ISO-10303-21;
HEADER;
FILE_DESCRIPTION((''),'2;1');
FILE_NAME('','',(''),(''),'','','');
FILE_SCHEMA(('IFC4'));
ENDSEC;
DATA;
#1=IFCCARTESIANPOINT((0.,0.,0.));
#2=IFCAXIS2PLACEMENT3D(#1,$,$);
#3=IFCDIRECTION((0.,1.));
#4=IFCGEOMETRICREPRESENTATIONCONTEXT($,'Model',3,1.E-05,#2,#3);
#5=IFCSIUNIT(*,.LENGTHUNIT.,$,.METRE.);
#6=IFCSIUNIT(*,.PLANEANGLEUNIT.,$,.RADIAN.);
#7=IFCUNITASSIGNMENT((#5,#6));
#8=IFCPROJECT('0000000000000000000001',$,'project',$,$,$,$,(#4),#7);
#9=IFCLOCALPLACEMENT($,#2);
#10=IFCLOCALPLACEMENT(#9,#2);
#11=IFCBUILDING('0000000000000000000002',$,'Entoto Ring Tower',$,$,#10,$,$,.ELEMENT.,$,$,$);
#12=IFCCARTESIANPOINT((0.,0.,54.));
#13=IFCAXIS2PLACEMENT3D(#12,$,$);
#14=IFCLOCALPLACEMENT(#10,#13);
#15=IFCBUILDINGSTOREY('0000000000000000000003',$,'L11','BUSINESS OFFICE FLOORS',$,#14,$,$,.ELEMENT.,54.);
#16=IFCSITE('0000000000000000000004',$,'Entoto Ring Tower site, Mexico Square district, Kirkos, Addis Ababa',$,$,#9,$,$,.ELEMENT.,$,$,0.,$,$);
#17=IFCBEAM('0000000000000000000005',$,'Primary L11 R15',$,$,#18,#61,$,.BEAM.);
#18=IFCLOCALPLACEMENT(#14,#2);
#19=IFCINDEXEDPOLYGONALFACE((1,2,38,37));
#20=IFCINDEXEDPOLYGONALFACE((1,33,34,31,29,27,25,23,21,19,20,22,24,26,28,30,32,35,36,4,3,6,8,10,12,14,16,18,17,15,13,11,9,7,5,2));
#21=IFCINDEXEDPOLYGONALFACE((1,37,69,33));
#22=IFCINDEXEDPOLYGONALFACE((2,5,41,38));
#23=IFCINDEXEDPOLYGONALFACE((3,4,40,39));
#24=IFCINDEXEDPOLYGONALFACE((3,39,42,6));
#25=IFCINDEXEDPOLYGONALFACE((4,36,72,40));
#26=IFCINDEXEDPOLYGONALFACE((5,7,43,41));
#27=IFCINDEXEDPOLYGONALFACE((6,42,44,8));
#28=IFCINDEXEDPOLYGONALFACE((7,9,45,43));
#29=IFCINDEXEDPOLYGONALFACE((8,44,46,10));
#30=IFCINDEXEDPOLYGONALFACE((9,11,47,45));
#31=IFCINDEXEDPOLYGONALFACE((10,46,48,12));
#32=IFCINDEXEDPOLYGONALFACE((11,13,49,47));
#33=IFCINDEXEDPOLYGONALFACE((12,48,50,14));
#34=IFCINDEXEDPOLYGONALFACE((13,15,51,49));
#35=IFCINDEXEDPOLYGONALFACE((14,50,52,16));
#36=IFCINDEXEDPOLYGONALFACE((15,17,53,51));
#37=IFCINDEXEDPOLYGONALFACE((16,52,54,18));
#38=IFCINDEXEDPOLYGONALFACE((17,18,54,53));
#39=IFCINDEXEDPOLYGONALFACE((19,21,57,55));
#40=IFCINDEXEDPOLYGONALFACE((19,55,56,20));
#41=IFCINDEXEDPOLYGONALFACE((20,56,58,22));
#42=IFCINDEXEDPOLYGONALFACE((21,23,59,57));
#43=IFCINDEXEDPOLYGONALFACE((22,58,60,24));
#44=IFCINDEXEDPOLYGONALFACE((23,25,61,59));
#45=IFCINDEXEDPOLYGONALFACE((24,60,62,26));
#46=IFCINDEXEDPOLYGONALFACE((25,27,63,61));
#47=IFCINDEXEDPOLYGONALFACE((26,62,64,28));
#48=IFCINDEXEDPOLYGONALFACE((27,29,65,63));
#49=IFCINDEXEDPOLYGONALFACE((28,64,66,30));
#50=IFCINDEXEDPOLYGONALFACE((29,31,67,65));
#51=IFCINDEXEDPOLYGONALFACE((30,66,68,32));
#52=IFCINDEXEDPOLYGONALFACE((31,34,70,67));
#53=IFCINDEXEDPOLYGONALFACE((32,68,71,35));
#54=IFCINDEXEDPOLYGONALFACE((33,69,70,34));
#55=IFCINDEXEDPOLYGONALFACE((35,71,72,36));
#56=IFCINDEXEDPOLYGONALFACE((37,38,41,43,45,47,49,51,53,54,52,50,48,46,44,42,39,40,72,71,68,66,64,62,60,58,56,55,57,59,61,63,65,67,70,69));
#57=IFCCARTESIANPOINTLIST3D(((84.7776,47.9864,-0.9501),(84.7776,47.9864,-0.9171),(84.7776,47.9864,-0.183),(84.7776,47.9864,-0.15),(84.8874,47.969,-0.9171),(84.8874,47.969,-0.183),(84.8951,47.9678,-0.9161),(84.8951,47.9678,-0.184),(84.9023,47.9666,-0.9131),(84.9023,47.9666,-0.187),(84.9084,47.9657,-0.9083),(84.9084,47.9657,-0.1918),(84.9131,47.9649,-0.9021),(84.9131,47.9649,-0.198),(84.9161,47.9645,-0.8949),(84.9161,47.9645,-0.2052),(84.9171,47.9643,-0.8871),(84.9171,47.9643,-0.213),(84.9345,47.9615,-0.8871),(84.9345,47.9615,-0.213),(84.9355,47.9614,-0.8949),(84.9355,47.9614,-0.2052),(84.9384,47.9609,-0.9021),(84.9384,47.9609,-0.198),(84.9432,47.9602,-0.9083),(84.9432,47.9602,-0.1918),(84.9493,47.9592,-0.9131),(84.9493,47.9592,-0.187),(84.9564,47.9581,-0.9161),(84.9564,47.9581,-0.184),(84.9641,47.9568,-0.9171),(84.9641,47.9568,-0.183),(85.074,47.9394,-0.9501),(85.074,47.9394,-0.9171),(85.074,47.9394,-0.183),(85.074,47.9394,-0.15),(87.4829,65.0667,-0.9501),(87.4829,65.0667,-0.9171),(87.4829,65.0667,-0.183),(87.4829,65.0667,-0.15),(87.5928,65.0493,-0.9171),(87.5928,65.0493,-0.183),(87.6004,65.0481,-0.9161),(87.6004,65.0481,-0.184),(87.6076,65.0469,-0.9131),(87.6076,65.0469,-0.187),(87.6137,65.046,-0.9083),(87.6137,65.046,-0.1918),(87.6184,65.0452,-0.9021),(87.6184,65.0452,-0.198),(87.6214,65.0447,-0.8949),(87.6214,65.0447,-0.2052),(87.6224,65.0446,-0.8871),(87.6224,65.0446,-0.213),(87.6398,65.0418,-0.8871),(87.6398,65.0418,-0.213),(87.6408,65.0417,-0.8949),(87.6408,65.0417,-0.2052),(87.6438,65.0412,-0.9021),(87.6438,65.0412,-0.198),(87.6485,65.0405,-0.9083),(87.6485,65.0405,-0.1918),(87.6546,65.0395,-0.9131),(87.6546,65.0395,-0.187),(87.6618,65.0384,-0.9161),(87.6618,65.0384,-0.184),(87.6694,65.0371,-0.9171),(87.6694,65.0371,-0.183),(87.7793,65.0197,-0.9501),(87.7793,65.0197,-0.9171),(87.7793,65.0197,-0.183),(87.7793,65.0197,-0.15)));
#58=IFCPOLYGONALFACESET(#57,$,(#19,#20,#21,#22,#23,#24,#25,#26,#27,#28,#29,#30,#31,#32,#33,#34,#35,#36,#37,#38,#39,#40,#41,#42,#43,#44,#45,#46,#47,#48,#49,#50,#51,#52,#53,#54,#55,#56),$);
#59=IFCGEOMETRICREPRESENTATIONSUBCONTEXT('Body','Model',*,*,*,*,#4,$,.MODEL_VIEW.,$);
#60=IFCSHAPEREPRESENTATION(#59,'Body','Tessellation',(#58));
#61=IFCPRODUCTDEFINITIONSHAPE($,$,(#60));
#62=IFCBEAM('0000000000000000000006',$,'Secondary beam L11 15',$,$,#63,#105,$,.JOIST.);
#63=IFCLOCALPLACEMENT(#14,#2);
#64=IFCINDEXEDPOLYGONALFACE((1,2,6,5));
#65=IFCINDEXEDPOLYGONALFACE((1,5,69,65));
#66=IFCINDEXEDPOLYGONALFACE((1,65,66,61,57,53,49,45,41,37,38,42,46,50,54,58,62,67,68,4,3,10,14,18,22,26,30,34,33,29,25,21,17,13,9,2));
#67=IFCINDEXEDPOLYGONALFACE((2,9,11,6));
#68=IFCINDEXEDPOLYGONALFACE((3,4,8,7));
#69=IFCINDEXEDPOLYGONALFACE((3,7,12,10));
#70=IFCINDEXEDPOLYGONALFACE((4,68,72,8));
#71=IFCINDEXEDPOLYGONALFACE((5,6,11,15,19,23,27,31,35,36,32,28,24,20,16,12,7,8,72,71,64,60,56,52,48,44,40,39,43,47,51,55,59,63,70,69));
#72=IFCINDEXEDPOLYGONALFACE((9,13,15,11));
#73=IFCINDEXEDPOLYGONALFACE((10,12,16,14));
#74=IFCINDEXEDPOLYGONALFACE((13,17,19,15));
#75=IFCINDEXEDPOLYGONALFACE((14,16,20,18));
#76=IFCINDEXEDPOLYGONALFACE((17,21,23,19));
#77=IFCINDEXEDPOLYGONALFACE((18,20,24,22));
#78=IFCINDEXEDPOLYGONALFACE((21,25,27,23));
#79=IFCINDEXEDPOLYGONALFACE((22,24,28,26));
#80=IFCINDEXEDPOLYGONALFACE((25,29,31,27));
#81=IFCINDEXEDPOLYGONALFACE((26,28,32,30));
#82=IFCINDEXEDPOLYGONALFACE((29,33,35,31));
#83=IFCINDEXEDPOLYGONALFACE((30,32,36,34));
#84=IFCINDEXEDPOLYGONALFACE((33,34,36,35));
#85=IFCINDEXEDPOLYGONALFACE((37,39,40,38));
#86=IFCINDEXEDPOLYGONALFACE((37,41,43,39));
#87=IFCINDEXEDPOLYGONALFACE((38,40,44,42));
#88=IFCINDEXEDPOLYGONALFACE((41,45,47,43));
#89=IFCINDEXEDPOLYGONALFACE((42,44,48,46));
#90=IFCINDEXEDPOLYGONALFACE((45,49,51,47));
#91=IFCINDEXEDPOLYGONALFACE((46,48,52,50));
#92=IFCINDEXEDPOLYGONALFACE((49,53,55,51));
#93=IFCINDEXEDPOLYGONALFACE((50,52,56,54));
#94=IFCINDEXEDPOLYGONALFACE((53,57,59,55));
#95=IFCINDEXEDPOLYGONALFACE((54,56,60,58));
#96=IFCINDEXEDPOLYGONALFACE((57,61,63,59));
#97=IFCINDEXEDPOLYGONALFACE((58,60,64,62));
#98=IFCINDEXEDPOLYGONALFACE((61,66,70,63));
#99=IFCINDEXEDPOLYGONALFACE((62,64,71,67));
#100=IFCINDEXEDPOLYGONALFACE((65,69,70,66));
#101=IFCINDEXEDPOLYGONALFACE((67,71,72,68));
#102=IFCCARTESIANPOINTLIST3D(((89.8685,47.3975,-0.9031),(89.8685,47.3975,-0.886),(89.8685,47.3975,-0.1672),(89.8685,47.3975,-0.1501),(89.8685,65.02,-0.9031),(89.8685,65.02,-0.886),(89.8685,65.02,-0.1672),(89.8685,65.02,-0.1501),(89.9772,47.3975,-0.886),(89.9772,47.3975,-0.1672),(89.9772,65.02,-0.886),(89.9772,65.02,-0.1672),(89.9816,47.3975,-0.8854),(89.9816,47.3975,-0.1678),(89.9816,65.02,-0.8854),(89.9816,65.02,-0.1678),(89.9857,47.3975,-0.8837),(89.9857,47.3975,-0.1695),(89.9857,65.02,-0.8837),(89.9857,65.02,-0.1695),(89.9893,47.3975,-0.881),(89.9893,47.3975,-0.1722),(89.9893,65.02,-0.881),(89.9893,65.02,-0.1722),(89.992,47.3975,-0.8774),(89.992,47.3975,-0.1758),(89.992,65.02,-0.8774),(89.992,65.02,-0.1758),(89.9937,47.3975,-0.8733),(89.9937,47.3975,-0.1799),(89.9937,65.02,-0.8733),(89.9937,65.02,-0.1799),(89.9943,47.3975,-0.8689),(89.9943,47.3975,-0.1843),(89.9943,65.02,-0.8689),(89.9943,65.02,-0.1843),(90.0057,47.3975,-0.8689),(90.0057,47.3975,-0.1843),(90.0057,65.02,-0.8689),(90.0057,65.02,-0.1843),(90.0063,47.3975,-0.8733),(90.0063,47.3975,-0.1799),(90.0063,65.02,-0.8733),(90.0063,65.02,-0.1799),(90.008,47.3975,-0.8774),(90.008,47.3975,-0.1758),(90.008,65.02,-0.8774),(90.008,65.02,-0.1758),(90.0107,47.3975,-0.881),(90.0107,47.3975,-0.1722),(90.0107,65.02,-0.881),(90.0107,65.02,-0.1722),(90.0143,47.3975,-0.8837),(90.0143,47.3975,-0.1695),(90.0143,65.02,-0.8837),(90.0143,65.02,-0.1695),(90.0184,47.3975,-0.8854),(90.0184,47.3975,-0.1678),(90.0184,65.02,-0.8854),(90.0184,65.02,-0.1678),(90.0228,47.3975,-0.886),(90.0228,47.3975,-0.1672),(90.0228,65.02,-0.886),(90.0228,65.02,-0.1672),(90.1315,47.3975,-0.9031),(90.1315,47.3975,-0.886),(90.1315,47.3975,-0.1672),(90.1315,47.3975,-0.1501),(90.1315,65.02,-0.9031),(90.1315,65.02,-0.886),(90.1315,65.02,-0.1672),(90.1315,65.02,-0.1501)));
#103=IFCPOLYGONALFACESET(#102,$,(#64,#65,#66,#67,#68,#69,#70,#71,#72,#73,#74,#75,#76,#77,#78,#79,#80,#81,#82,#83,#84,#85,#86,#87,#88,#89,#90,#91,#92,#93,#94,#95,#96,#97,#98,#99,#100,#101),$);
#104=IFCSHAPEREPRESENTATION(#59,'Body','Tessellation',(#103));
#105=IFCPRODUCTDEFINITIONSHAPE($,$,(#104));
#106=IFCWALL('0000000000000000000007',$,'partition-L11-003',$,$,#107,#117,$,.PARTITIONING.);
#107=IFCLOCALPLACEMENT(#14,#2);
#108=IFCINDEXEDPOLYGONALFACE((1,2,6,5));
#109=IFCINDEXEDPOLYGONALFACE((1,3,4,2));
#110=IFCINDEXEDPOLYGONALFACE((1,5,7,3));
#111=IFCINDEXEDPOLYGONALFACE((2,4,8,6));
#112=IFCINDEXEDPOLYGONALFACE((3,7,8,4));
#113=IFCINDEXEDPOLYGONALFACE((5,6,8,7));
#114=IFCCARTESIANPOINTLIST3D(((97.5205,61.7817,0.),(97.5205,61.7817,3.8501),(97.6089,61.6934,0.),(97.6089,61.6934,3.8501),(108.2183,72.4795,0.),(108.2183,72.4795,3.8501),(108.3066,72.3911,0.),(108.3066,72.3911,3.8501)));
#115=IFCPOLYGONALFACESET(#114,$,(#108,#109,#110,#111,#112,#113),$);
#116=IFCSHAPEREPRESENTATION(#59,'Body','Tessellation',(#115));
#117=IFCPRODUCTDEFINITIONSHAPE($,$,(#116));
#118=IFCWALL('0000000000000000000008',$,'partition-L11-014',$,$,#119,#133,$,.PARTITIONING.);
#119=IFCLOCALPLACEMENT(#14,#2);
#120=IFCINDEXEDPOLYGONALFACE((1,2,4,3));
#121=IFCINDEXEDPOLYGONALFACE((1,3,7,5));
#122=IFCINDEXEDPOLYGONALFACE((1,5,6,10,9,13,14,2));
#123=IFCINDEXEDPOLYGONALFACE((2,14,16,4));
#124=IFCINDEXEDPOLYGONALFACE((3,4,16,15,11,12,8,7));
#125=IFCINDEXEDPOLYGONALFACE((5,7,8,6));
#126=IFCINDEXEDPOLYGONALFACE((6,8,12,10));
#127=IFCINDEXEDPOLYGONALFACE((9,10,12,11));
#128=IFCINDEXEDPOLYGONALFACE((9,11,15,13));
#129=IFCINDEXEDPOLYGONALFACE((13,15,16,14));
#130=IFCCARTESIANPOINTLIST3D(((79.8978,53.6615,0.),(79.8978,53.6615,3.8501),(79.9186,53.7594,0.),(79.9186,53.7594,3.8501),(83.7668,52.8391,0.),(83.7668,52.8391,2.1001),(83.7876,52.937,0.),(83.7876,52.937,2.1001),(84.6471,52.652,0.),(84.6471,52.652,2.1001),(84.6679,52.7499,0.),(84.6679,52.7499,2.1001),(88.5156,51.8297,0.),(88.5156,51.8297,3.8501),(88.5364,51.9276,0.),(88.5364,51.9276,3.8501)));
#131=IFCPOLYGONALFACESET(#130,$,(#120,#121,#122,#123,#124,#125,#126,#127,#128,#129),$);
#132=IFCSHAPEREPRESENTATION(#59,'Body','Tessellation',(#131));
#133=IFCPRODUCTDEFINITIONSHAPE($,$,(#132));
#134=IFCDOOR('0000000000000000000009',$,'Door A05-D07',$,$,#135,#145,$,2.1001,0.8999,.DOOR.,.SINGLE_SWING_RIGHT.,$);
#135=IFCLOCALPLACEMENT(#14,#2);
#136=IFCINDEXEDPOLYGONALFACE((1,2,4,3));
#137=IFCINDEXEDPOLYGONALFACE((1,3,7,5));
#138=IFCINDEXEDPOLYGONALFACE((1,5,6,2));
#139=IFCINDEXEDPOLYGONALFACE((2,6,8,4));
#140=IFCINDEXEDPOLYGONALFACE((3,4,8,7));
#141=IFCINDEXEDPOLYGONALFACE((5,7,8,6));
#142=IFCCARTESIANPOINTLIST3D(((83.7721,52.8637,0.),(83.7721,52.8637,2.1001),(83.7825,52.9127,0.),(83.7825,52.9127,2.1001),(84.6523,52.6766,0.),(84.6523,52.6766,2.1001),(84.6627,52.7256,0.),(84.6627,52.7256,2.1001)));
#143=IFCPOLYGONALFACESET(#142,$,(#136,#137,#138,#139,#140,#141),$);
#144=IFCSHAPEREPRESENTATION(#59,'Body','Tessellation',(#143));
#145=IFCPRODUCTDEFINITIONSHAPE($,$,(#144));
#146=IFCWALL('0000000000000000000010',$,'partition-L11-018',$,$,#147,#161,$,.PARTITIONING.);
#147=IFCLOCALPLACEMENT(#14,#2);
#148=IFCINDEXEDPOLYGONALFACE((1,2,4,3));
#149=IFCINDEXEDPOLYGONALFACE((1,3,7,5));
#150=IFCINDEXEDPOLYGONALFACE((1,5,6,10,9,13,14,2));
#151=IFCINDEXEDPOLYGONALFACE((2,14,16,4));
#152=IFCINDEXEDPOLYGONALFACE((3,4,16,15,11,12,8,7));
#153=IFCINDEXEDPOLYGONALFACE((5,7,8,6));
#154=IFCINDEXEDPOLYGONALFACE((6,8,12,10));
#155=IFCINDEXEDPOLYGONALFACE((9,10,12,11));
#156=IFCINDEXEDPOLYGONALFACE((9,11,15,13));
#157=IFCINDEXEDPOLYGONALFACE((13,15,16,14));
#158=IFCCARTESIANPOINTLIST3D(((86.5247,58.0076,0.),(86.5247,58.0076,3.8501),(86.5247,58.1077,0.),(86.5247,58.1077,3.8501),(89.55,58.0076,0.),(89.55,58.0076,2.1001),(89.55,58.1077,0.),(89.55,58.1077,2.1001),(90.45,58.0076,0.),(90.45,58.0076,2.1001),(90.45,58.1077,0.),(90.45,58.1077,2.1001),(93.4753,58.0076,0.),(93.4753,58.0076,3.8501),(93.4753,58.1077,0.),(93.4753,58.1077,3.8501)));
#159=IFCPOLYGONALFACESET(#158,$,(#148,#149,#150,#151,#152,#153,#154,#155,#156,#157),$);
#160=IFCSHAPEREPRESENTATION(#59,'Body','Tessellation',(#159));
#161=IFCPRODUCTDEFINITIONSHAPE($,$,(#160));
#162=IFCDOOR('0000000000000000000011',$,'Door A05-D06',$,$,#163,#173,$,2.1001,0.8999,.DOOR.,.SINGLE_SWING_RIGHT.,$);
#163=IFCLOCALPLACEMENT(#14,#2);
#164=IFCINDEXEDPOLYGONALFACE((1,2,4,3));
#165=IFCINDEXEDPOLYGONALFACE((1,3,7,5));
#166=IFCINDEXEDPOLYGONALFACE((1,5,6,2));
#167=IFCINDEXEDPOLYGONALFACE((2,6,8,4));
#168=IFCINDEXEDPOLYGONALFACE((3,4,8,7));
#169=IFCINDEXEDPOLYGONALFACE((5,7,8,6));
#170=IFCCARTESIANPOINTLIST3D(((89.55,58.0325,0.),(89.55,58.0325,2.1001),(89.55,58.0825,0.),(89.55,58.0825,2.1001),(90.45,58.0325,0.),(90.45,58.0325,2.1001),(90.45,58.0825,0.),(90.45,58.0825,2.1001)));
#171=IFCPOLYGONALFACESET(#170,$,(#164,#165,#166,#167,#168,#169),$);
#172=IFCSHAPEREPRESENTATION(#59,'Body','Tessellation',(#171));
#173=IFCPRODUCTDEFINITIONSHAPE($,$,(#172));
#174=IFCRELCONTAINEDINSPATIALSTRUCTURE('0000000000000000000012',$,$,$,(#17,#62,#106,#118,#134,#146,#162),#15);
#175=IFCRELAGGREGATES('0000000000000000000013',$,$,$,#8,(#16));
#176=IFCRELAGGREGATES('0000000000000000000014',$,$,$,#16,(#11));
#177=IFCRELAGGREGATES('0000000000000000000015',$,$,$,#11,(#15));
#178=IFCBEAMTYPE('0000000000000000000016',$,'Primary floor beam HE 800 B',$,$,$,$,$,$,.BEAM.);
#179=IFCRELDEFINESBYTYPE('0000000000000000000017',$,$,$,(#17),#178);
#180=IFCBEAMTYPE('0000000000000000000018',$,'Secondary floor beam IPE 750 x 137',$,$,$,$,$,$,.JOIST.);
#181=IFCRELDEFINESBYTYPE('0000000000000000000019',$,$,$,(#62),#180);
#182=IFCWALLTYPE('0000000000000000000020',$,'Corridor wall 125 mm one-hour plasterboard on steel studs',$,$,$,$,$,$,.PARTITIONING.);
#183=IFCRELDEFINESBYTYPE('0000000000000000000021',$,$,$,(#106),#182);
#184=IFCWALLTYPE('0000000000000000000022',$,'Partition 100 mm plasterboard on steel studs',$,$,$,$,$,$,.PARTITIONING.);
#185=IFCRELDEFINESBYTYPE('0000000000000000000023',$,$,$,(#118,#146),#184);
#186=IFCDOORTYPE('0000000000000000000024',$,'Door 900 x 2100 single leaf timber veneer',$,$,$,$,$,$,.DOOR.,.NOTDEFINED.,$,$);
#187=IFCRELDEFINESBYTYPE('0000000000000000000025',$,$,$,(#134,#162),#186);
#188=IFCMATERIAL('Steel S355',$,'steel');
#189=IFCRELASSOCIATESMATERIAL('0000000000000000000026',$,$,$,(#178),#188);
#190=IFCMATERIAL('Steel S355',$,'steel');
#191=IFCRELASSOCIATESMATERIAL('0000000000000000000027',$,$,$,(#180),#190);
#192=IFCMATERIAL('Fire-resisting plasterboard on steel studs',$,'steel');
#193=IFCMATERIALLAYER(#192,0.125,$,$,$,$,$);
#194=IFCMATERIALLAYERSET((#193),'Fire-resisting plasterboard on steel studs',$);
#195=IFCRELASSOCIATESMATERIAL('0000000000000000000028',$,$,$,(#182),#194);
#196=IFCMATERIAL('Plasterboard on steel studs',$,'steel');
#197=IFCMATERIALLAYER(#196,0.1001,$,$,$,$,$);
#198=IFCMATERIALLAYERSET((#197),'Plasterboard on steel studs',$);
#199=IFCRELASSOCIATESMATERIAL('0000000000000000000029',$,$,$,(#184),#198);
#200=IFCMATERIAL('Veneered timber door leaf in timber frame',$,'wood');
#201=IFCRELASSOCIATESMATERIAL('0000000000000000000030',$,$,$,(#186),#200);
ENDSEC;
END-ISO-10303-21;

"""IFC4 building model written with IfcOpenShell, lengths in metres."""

from ifc_helpers import new_model, si_unit, direction, frame, frame_2d, origin, origin_2d, place, context, subcontext, project, spatial, rectangle, i_section, extrude, material, layer, layer_set, material_profile, profile_set, type_object, element, fill, save


model = new_model("IFC4")

# Units and contexts
model_context = context("Model", 3, precision=1e-05, world=origin(), true_north=direction((0.0, 1.0)))
body_context = subcontext(model_context, "Body", "Model", "MODEL_VIEW")
ifc_project = project(units=[si_unit("LENGTHUNIT", "METRE"), si_unit("PLANEANGLEUNIT", "RADIAN")], contexts=[model_context])

# Site, building, storey
site_placement = place(None, origin())
site = spatial("IfcSite", under=ifc_project, at=site_placement, Name="Entoto Ring Tower site, Mexico Square district, Kirkos, Addis Ababa", CompositionType="ELEMENT", RefElevation=0.0)
building_placement = place(site_placement, origin())
building = spatial("IfcBuilding", under=site, at=building_placement, Name="Entoto Ring Tower", CompositionType="ELEMENT")
storey_placement = place(building_placement, frame((0.0, 0.0, 54.0)))
storey = spatial("IfcBuildingStorey", under=building, at=storey_placement, Name="L11", Description="BUSINESS OFFICE FLOORS", CompositionType="ELEMENT", Elevation=54.0)

# Beams
ifc_material_1 = material(Name="Steel S355", Category="steel")
ifc_material_profile_1 = material_profile(ifc_material_1, i_section(OverallWidth=0.3, OverallDepth=0.8, WebThickness=0.0176, FlangeThickness=0.033, FilletRadius=0.03, at=origin_2d()), Name="HE 800 B")
ifc_profile_set_1 = profile_set([ifc_material_profile_1], Name="Steel S355")
beam_type_1 = type_object("IfcBeamType", Name="Primary floor beam HE 800 B", PredefinedType="BEAM", material=ifc_profile_set_1)
beam_1_placement = place(storey_placement, frame((87.6311, 65.0432, -0.55), z_axis=(-0.156438, -0.987688, 0.0), x_axis=(0.987688, -0.156438, 0.0)))
element("IfcBeam", 1, at=beam_1_placement, inside=storey, type_object=beam_type_1, Name="Primary L11 R15", PredefinedType="BEAM", context=body_context, shape_type="SweptSolid", body=[
    extrude(i_section(OverallWidth=0.3, OverallDepth=0.8, WebThickness=0.0176, FlangeThickness=0.033, FilletRadius=0.03, at=origin_2d()), origin(), (0.0, 0.0, 1.0), 17.2932),
])
ifc_material_2 = material(Name="Steel S355", Category="steel")
ifc_material_profile_2 = material_profile(ifc_material_2, i_section(OverallWidth=0.2629, OverallDepth=0.7529, WebThickness=0.0115, FlangeThickness=0.0171, FilletRadius=0.0171, at=origin_2d()), Name="IPE 750 x 137")
ifc_profile_set_2 = profile_set([ifc_material_profile_2], Name="Steel S355")
beam_type_2 = type_object("IfcBeamType", Name="Secondary floor beam IPE 750 x 137", PredefinedType="JOIST", material=ifc_profile_set_2)
beam_2_placement = place(storey_placement, frame((90.0, 65.02, -0.5266), z_axis=(0.0, -1.0, 0.0), x_axis=(1.0, 0.0, 0.0)))
element("IfcBeam", 2, at=beam_2_placement, inside=storey, type_object=beam_type_2, Name="Secondary beam L11 15", PredefinedType="JOIST", context=body_context, shape_type="SweptSolid", body=[
    extrude(i_section(OverallWidth=0.2629, OverallDepth=0.7529, WebThickness=0.0115, FlangeThickness=0.0171, FilletRadius=0.0171, at=origin_2d()), origin(), (0.0, 0.0, 1.0), 17.6226),
])

# Wall
ifc_material_3 = material(Name="Fire-resisting plasterboard on steel studs", Category="steel")
ifc_layer_1 = layer(ifc_material_3, 0.125)
ifc_layer_set_1 = layer_set([ifc_layer_1], Name="Fire-resisting plasterboard on steel studs")
wall_type_1 = type_object("IfcWallType", Name="Corridor wall 125 mm one-hour plasterboard on steel studs", PredefinedType="PARTITIONING", material=ifc_layer_set_1)
wall_1_placement = place(storey_placement, frame((97.5647, 61.7375, 0.0), z_axis=(0.0, 0.0, 1.0), x_axis=(0.707107, 0.707107, 0.0)))
element("IfcWall", 3, at=wall_1_placement, inside=storey, type_object=wall_type_1, Name="partition-L11-003", PredefinedType="PARTITIONING", context=body_context, shape_type="SweptSolid", body=[
    extrude(rectangle(XDim=15.1289, YDim=0.125, at=frame_2d((7.5645, 0.0))), origin(), (0.0, 0.0, 1.0), 3.8501),
])

# Walls, openings, doors
ifc_material_4 = material(Name="Plasterboard on steel studs", Category="steel")
ifc_layer_2 = layer(ifc_material_4, 0.1001)
ifc_layer_set_2 = layer_set([ifc_layer_2], Name="Plasterboard on steel studs")
wall_type_2 = type_object("IfcWallType", Name="Partition 100 mm plasterboard on steel studs", PredefinedType="PARTITIONING", material=ifc_layer_set_2)
wall_2_placement = place(storey_placement, frame((88.5261, 51.8787, 0.0), z_axis=(0.0, 0.0, 1.0), x_axis=(-0.978147, 0.207916, 0.0)))
wall_2 = element("IfcWall", 4, at=wall_2_placement, inside=storey, type_object=wall_type_2, Name="partition-L11-014", PredefinedType="PARTITIONING", context=body_context, shape_type="SweptSolid", body=[
    extrude(rectangle(XDim=8.8103, YDim=0.1001, at=frame_2d((4.4053, 0.0))), origin(), (0.0, 0.0, 1.0), 3.8501),
])
opening_1_placement = place(wall_2_placement, frame((3.9551, 0.0, 0.0)))
opening_1 = element("IfcOpeningElement", 5, at=opening_1_placement, cuts=wall_2, PredefinedType="OPENING", context=body_context, shape_type="SweptSolid", body=[
    extrude(rectangle(XDim=0.8999, YDim=2.1001, at=frame_2d((0.45, 1.05))), frame((0.0, 0.0601, 0.0), z_axis=(0.0, -1.0, 0.0), x_axis=(1.0, 0.0, 0.0)), (0.0, 0.0, 1.0), 0.1201),
])
ifc_material_5 = material(Name="Veneered timber door leaf in timber frame", Category="wood")
door_type = type_object("IfcDoorType", Name="Door 900 x 2100 single leaf timber veneer", OperationType="NOTDEFINED", PredefinedType="DOOR", material=ifc_material_5)
door_1_placement = place(opening_1_placement, origin())
door_1 = element("IfcDoor", 6, at=door_1_placement, inside=storey, type_object=door_type, Name="Door A05-D07", OperationType="SINGLE_SWING_RIGHT", OverallHeight=2.1001, OverallWidth=0.8999, PredefinedType="DOOR", context=body_context, shape_type="SweptSolid", body=[
    extrude(rectangle(XDim=0.8999, YDim=2.1001, at=frame_2d((0.45, 1.05))), frame((0.0, 0.0249, 0.0), z_axis=(0.0, -1.0, 0.0), x_axis=(1.0, 0.0, 0.0)), (0.0, 0.0, 1.0), 0.05),
])
fill(opening_1, door_1)
wall_3_placement = place(storey_placement, frame((86.5247, 58.0576, 0.0), z_axis=(0.0, 0.0, 1.0), x_axis=(1.0, 0.0, 0.0)))
wall_3 = element("IfcWall", 7, at=wall_3_placement, inside=storey, type_object=wall_type_2, Name="partition-L11-018", PredefinedType="PARTITIONING", context=body_context, shape_type="SweptSolid", body=[
    extrude(rectangle(XDim=6.9507, YDim=0.1001, at=frame_2d((3.4753, 0.0))), origin(), (0.0, 0.0, 1.0), 3.8501),
])
opening_2_placement = place(wall_3_placement, frame((3.0254, 0.0, 0.0)))
opening_2 = element("IfcOpeningElement", 8, at=opening_2_placement, cuts=wall_3, PredefinedType="OPENING", context=body_context, shape_type="SweptSolid", body=[
    extrude(rectangle(XDim=0.8999, YDim=2.1001, at=frame_2d((0.45, 1.05))), frame((0.0, 0.0601, 0.0), z_axis=(0.0, -1.0, 0.0), x_axis=(1.0, 0.0, 0.0)), (0.0, 0.0, 1.0), 0.1201),
])
door_2_placement = place(opening_2_placement, origin())
door_2 = element("IfcDoor", 9, at=door_2_placement, inside=storey, type_object=door_type, Name="Door A05-D06", OperationType="SINGLE_SWING_RIGHT", OverallHeight=2.1001, OverallWidth=0.8999, PredefinedType="DOOR", context=body_context, shape_type="SweptSolid", body=[
    extrude(rectangle(XDim=0.8999, YDim=2.1001, at=frame_2d((0.45, 1.05))), frame((0.0, 0.0249, 0.0), z_axis=(0.0, -1.0, 0.0), x_axis=(1.0, 0.0, 0.0)), (0.0, 0.0, 1.0), 0.05),
])
fill(opening_2, door_2)

save(model, "model.ifc")
